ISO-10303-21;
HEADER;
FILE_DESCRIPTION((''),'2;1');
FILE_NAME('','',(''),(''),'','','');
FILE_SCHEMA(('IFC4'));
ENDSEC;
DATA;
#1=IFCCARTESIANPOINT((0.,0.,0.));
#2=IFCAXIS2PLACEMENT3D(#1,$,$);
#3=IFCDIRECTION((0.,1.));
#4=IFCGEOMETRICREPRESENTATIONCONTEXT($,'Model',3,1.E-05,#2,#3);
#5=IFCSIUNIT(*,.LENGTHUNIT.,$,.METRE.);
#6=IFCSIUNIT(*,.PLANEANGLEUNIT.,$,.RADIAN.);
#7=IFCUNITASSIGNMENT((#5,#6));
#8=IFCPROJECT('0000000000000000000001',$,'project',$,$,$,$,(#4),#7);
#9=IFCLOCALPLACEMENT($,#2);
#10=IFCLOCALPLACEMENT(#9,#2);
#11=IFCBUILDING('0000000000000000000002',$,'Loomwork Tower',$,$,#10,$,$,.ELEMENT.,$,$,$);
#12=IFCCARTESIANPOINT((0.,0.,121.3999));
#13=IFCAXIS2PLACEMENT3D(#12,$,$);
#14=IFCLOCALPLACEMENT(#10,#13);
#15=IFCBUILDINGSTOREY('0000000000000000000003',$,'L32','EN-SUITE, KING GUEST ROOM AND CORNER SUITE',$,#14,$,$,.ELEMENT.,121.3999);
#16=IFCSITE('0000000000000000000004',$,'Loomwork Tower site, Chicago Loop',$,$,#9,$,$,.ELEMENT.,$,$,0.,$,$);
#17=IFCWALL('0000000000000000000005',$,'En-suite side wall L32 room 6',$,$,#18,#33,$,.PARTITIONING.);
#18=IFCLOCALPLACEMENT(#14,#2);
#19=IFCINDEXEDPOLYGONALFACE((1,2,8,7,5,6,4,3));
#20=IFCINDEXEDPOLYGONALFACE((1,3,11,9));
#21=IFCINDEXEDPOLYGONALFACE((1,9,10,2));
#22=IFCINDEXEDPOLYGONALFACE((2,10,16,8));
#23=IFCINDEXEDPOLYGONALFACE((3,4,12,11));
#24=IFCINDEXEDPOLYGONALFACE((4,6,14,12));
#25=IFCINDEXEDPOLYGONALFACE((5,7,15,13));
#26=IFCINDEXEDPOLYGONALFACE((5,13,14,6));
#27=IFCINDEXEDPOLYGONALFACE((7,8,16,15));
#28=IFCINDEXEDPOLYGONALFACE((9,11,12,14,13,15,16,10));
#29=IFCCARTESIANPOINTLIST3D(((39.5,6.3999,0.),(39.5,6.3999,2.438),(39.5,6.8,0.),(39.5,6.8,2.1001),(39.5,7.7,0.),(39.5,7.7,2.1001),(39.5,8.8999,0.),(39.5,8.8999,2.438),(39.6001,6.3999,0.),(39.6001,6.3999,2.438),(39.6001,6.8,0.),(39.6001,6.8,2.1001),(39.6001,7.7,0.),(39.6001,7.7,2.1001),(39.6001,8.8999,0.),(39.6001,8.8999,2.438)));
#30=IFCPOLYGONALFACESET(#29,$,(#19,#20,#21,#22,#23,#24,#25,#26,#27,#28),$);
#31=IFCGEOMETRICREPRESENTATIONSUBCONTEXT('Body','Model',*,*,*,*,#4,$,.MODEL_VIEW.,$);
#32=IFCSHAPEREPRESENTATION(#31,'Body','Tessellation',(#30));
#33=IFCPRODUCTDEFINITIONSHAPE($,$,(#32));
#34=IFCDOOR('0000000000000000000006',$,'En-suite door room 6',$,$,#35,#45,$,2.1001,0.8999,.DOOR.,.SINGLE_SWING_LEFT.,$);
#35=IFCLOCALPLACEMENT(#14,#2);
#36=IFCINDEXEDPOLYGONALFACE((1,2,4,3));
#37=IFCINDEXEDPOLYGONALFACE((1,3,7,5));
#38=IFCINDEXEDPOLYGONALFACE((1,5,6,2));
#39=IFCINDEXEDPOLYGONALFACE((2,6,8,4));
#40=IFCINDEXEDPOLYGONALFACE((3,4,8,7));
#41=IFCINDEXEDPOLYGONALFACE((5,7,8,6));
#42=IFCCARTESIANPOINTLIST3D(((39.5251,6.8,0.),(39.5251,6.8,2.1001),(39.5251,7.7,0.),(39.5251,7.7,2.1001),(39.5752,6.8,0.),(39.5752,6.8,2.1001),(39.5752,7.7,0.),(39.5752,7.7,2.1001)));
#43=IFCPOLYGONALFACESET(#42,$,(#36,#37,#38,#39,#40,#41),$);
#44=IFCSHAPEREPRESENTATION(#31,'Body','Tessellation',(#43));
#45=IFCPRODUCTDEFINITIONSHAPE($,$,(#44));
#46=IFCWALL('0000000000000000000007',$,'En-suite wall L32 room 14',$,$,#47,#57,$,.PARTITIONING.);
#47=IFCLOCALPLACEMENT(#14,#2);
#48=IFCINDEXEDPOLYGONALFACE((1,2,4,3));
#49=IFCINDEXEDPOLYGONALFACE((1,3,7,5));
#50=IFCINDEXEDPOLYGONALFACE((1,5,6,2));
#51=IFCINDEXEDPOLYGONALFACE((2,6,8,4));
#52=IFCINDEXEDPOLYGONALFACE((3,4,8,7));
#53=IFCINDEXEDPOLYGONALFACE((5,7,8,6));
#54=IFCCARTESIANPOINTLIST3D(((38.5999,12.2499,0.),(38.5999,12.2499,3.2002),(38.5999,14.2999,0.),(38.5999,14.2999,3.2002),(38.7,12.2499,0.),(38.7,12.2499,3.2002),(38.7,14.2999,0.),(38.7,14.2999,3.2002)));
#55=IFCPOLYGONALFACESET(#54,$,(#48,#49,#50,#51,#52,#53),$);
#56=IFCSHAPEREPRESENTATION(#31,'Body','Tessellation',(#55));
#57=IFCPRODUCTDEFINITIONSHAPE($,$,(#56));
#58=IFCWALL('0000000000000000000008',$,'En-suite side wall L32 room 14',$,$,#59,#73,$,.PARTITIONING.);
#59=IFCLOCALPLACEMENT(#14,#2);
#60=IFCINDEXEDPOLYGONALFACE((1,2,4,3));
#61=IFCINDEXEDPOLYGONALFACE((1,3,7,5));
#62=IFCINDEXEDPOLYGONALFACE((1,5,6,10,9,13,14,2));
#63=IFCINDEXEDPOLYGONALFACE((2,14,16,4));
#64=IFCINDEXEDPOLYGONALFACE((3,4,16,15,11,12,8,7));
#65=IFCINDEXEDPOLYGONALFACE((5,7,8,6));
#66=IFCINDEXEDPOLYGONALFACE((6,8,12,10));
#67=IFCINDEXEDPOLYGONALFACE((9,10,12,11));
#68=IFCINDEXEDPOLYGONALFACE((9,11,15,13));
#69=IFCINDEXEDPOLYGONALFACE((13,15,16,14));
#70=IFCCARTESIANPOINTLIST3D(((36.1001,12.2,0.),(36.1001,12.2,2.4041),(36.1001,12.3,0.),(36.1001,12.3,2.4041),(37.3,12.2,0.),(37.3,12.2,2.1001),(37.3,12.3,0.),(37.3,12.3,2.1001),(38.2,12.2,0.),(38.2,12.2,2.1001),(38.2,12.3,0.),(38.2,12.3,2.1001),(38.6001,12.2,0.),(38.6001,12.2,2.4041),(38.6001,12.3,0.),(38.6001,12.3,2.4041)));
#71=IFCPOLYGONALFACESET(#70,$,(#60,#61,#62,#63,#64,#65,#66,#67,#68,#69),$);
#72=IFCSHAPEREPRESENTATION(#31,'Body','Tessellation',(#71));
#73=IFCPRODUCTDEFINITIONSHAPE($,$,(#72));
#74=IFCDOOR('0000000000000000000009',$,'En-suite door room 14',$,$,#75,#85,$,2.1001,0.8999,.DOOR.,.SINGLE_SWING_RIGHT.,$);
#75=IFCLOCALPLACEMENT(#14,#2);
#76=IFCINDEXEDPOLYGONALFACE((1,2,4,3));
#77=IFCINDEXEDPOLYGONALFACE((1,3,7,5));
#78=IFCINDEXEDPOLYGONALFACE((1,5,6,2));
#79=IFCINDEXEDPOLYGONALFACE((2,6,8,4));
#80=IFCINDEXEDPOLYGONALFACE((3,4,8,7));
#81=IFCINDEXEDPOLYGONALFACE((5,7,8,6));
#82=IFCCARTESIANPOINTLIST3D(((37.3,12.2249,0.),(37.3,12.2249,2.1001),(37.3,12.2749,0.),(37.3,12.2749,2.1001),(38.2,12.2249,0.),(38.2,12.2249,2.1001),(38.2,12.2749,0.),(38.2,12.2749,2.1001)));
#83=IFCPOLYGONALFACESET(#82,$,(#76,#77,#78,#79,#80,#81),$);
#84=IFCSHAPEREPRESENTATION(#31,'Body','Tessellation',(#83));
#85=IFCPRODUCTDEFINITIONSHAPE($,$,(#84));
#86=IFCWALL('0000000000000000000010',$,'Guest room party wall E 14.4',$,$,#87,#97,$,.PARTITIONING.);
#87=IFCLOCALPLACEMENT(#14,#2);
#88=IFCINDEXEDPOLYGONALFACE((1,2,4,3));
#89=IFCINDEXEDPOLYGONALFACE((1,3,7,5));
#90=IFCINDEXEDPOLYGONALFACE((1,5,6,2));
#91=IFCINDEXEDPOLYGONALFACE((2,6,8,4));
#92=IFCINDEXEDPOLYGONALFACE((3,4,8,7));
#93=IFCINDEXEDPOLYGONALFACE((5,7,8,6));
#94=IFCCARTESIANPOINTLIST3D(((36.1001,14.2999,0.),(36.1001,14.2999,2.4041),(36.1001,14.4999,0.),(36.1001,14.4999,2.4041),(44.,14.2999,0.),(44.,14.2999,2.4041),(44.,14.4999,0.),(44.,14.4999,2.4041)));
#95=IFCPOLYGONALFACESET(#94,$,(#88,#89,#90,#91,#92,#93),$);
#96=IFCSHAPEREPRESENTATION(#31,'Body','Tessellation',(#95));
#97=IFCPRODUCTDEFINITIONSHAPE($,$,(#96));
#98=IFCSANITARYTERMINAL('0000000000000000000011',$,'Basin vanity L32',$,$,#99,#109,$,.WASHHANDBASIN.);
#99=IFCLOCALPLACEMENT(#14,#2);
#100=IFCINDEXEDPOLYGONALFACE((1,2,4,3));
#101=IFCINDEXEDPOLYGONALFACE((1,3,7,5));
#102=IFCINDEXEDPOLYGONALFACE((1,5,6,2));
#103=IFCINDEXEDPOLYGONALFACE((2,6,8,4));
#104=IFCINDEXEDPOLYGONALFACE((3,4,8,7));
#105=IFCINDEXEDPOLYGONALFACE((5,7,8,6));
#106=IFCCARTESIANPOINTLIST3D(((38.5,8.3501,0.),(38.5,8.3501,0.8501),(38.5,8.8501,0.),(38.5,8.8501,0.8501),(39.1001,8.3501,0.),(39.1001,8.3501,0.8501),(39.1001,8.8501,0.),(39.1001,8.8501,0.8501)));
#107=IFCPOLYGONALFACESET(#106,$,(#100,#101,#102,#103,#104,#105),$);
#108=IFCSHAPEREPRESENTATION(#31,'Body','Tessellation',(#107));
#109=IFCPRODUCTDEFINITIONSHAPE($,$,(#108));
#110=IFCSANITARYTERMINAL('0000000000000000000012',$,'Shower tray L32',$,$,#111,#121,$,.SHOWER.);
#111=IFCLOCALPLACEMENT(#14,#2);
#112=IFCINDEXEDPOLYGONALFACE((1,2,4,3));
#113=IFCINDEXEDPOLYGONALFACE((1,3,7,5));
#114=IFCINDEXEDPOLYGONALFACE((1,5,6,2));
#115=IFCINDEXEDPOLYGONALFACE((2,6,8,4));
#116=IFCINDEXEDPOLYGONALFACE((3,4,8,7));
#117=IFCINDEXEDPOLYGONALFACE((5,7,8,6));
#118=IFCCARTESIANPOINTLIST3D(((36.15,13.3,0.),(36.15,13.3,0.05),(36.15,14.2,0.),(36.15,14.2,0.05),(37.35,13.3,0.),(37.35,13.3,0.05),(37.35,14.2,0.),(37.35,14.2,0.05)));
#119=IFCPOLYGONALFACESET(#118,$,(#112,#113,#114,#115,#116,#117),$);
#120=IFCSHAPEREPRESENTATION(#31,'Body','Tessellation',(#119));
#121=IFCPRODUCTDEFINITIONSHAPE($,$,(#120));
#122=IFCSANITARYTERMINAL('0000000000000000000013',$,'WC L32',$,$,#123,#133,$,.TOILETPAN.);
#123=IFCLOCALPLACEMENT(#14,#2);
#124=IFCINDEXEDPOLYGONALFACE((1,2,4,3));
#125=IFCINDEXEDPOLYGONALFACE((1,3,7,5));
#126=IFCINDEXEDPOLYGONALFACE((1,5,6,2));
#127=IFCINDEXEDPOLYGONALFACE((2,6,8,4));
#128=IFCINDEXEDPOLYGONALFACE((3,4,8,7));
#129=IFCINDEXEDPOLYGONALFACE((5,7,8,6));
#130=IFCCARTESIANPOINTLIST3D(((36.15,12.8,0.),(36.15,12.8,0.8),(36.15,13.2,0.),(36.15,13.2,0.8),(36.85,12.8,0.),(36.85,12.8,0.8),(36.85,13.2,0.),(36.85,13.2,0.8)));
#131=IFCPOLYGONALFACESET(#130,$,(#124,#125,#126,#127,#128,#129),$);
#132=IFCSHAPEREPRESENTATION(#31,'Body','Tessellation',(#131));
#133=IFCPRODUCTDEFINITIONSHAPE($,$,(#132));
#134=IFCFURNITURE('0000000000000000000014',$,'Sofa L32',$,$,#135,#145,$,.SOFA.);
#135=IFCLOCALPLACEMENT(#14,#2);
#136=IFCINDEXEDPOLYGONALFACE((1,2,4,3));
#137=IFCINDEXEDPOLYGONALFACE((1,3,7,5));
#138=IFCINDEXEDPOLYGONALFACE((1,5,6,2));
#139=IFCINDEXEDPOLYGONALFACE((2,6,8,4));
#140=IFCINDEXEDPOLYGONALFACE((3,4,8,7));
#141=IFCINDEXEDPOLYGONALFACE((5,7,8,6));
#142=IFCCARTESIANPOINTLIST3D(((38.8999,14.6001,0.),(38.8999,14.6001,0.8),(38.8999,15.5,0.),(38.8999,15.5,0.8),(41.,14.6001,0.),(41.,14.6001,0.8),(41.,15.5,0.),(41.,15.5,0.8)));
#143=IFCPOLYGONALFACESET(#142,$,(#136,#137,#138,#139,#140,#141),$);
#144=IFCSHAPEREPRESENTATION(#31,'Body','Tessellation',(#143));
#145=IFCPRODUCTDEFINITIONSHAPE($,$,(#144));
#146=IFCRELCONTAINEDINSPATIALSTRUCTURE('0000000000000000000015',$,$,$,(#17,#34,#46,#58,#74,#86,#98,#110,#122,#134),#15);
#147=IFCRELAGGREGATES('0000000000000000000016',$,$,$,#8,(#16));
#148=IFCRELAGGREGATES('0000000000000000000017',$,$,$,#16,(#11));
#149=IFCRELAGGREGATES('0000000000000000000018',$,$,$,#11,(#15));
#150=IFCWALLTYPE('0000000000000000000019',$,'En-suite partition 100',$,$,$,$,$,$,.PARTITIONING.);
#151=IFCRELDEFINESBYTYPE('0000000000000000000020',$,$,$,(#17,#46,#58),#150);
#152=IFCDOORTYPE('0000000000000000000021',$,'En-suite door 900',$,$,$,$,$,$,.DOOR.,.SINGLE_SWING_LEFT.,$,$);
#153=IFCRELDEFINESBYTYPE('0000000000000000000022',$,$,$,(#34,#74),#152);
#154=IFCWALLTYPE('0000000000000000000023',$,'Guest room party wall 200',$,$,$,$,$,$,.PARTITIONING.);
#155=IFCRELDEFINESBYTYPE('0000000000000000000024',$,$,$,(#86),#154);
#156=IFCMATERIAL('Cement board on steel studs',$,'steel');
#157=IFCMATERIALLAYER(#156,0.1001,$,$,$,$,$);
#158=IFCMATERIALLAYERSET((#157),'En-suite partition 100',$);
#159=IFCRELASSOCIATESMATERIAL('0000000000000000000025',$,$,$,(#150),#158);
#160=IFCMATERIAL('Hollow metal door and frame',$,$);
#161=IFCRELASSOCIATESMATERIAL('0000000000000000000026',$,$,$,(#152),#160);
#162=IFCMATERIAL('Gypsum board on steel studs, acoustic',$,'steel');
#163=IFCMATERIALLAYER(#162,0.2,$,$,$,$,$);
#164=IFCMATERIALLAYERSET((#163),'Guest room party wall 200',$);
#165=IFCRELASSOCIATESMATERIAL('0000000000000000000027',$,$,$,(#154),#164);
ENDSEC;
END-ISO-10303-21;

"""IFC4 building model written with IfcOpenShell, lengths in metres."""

from ifc_helpers import new_model, si_unit, direction, frame, frame_2d, origin, origin_2d, place, context, subcontext, project, spatial, rectangle, extrude, material, layer, layer_set, type_object, element, fill, save


model = new_model("IFC4")

# Units and contexts
model_context = context("Model", 3, precision=1e-05, world=origin(), true_north=direction((0.0, 1.0)))
body_context = subcontext(model_context, "Body", "Model", "MODEL_VIEW")
ifc_project = project(units=[si_unit("LENGTHUNIT", "METRE"), si_unit("PLANEANGLEUNIT", "RADIAN")], contexts=[model_context])

# Site, building, storey
site_placement = place(None, origin())
site = spatial("IfcSite", under=ifc_project, at=site_placement, Name="Loomwork Tower site, Chicago Loop", CompositionType="ELEMENT", RefElevation=0.0)
building_placement = place(site_placement, origin())
building = spatial("IfcBuilding", under=site, at=building_placement, Name="Loomwork Tower", CompositionType="ELEMENT")
storey_placement = place(building_placement, frame((0.0, 0.0, 121.3999)))
storey = spatial("IfcBuildingStorey", under=building, at=storey_placement, Name="L32", Description="EN-SUITE, KING GUEST ROOM AND CORNER SUITE", CompositionType="ELEMENT", Elevation=121.3999)

# Wall, opening, door
ifc_material_1 = material(Name="Cement board on steel studs", Category="steel")
ifc_layer_1 = layer(ifc_material_1, 0.1001)
ifc_layer_set_1 = layer_set([ifc_layer_1], Name="En-suite partition 100")
wall_type_1 = type_object("IfcWallType", Name="En-suite partition 100", PredefinedType="PARTITIONING", material=ifc_layer_set_1)
wall_1_placement = place(storey_placement, frame((39.55, 8.8999, 0.0), z_axis=(0.0, 0.0, 1.0), x_axis=(0.0, -1.0, 0.0)))
wall_1 = element("IfcWall", 1, at=wall_1_placement, inside=storey, type_object=wall_type_1, Name="En-suite side wall L32 room 6", PredefinedType="PARTITIONING", context=body_context, shape_type="SweptSolid", body=[
    extrude(rectangle(XDim=2.5, YDim=0.1001, at=frame_2d((1.25, 0.0))), origin(), (0.0, 0.0, 1.0), 2.438),
])
opening_1_placement = place(wall_1_placement, frame((1.2, 0.0, 0.0)))
opening_1 = element("IfcOpeningElement", 2, at=opening_1_placement, cuts=wall_1, PredefinedType="OPENING", context=body_context, shape_type="SweptSolid", body=[
    extrude(rectangle(XDim=0.8999, YDim=2.1001, at=frame_2d((0.45, 1.05))), frame((0.0, 0.0601, 0.0), z_axis=(0.0, -1.0, 0.0), x_axis=(1.0, 0.0, 0.0)), (0.0, 0.0, 1.0), 0.1201),
])
ifc_material_2 = material(Name="Hollow metal door and frame")
door_type_1 = type_object("IfcDoorType", Name="En-suite door 900", OperationType="SINGLE_SWING_LEFT", PredefinedType="DOOR", material=ifc_material_2)
door_1_placement = place(opening_1_placement, frame((0.8999, 0.0, 0.0), z_axis=(0.0, 0.0, 1.0), x_axis=(-1.0, 0.0, 0.0)))
door_1 = element("IfcDoor", 3, at=door_1_placement, inside=storey, type_object=door_type_1, Name="En-suite door room 6", OperationType="SINGLE_SWING_LEFT", OverallHeight=2.1001, OverallWidth=0.8999, PredefinedType="DOOR", context=body_context, shape_type="SweptSolid", body=[
    extrude(rectangle(XDim=0.8999, YDim=2.1001, at=frame_2d((0.45, 1.05))), frame((0.0, 0.0249, 0.0), z_axis=(0.0, -1.0, 0.0), x_axis=(1.0, 0.0, 0.0)), (0.0, 0.0, 1.0), 0.05),
])
fill(opening_1, door_1)

# Wall
wall_2_placement = place(storey_placement, frame((38.6499, 12.25, 0.0), z_axis=(0.0, 0.0, 1.0), x_axis=(0.0, 1.0, 0.0)))
element("IfcWall", 4, at=wall_2_placement, inside=storey, type_object=wall_type_1, Name="En-suite wall L32 room 14", PredefinedType="PARTITIONING", context=body_context, shape_type="SweptSolid", body=[
    extrude(rectangle(XDim=2.05, YDim=0.1001, at=frame_2d((1.0249, 0.0))), origin(), (0.0, 0.0, 1.0), 3.2002),
])

# Wall, opening, door
wall_3_placement = place(storey_placement, frame((36.1001, 12.25, 0.0), z_axis=(0.0, 0.0, 1.0), x_axis=(1.0, 0.0, 0.0)))
wall_3 = element("IfcWall", 5, at=wall_3_placement, inside=storey, type_object=wall_type_1, Name="En-suite side wall L32 room 14", PredefinedType="PARTITIONING", context=body_context, shape_type="SweptSolid", body=[
    extrude(rectangle(XDim=2.5, YDim=0.1001, at=frame_2d((1.25, 0.0))), origin(), (0.0, 0.0, 1.0), 2.4041),
])
opening_2_placement = place(wall_3_placement, frame((1.2, 0.0, 0.0)))
opening_2 = element("IfcOpeningElement", 6, at=opening_2_placement, cuts=wall_3, PredefinedType="OPENING", context=body_context, shape_type="SweptSolid", body=[
    extrude(rectangle(XDim=0.8999, YDim=2.1001, at=frame_2d((0.45, 1.05))), frame((0.0, 0.0601, 0.0), z_axis=(0.0, -1.0, 0.0), x_axis=(1.0, 0.0, 0.0)), (0.0, 0.0, 1.0), 0.1201),
])
door_2_placement = place(opening_2_placement, origin())
door_2 = element("IfcDoor", 7, at=door_2_placement, inside=storey, type_object=door_type_1, Name="En-suite door room 14", OperationType="SINGLE_SWING_RIGHT", OverallHeight=2.1001, OverallWidth=0.8999, PredefinedType="DOOR", context=body_context, shape_type="SweptSolid", body=[
    extrude(rectangle(XDim=0.8999, YDim=2.1001, at=frame_2d((0.45, 1.05))), frame((0.0, 0.0249, 0.0), z_axis=(0.0, -1.0, 0.0), x_axis=(1.0, 0.0, 0.0)), (0.0, 0.0, 1.0), 0.05),
])
fill(opening_2, door_2)

# Wall
ifc_material_3 = material(Name="Gypsum board on steel studs, acoustic", Category="steel")
ifc_layer_2 = layer(ifc_material_3, 0.2)
ifc_layer_set_2 = layer_set([ifc_layer_2], Name="Guest room party wall 200")
wall_type_2 = type_object("IfcWallType", Name="Guest room party wall 200", PredefinedType="PARTITIONING", material=ifc_layer_set_2)
wall_4_placement = place(storey_placement, frame((36.1001, 14.3999, 0.0), z_axis=(0.0, 0.0, 1.0), x_axis=(1.0, 0.0, 0.0)))
element("IfcWall", 8, at=wall_4_placement, inside=storey, type_object=wall_type_2, Name="Guest room party wall E 14.4", PredefinedType="PARTITIONING", context=body_context, shape_type="SweptSolid", body=[
    extrude(rectangle(XDim=7.8999, YDim=0.2, at=frame_2d((3.95, 0.0))), origin(), (0.0, 0.0, 1.0), 2.4041),
])

# Sanitary terminals
sanitary_terminal_1_placement = place(storey_placement, frame((38.8, 8.6001, 0.0), z_axis=(0.0, 0.0, 1.0), x_axis=(1.0, 0.0, 0.0)))
element("IfcSanitaryTerminal", 9, at=sanitary_terminal_1_placement, inside=storey, Name="Basin vanity L32", PredefinedType="WASHHANDBASIN", context=body_context, shape_type="SweptSolid", body=[
    extrude(rectangle(XDim=0.6001, YDim=0.5, at=origin_2d()), origin(), (0.0, 0.0, 1.0), 0.8501),
])
sanitary_terminal_2_placement = place(storey_placement, frame((36.75, 13.75, 0.0), z_axis=(0.0, 0.0, 1.0), x_axis=(1.0, 0.0, 0.0)))
element("IfcSanitaryTerminal", 10, at=sanitary_terminal_2_placement, inside=storey, Name="Shower tray L32", PredefinedType="SHOWER", context=body_context, shape_type="SweptSolid", body=[
    extrude(rectangle(XDim=1.2, YDim=0.8999, at=origin_2d()), origin(), (0.0, 0.0, 1.0), 0.05),
])
sanitary_terminal_3_placement = place(storey_placement, frame((36.5, 13.0, 0.0), z_axis=(0.0, 0.0, 1.0), x_axis=(1.0, 0.0, 0.0)))
element("IfcSanitaryTerminal", 11, at=sanitary_terminal_3_placement, inside=storey, Name="WC L32", PredefinedType="TOILETPAN", context=body_context, shape_type="SweptSolid", body=[
    extrude(rectangle(XDim=0.7, YDim=0.3999, at=origin_2d()), origin(), (0.0, 0.0, 1.0), 0.8),
])

# Furniture
furniture_placement = place(storey_placement, frame((39.95, 15.05, 0.0), z_axis=(0.0, 0.0, 1.0), x_axis=(1.0, 0.0, 0.0)))
element("IfcFurniture", 12, at=furniture_placement, inside=storey, Name="Sofa L32", PredefinedType="SOFA", context=body_context, shape_type="SweptSolid", body=[
    extrude(rectangle(XDim=2.1001, YDim=0.8999, at=origin_2d()), origin(), (0.0, 0.0, 1.0), 0.8),
])

save(model, "model.ifc")
